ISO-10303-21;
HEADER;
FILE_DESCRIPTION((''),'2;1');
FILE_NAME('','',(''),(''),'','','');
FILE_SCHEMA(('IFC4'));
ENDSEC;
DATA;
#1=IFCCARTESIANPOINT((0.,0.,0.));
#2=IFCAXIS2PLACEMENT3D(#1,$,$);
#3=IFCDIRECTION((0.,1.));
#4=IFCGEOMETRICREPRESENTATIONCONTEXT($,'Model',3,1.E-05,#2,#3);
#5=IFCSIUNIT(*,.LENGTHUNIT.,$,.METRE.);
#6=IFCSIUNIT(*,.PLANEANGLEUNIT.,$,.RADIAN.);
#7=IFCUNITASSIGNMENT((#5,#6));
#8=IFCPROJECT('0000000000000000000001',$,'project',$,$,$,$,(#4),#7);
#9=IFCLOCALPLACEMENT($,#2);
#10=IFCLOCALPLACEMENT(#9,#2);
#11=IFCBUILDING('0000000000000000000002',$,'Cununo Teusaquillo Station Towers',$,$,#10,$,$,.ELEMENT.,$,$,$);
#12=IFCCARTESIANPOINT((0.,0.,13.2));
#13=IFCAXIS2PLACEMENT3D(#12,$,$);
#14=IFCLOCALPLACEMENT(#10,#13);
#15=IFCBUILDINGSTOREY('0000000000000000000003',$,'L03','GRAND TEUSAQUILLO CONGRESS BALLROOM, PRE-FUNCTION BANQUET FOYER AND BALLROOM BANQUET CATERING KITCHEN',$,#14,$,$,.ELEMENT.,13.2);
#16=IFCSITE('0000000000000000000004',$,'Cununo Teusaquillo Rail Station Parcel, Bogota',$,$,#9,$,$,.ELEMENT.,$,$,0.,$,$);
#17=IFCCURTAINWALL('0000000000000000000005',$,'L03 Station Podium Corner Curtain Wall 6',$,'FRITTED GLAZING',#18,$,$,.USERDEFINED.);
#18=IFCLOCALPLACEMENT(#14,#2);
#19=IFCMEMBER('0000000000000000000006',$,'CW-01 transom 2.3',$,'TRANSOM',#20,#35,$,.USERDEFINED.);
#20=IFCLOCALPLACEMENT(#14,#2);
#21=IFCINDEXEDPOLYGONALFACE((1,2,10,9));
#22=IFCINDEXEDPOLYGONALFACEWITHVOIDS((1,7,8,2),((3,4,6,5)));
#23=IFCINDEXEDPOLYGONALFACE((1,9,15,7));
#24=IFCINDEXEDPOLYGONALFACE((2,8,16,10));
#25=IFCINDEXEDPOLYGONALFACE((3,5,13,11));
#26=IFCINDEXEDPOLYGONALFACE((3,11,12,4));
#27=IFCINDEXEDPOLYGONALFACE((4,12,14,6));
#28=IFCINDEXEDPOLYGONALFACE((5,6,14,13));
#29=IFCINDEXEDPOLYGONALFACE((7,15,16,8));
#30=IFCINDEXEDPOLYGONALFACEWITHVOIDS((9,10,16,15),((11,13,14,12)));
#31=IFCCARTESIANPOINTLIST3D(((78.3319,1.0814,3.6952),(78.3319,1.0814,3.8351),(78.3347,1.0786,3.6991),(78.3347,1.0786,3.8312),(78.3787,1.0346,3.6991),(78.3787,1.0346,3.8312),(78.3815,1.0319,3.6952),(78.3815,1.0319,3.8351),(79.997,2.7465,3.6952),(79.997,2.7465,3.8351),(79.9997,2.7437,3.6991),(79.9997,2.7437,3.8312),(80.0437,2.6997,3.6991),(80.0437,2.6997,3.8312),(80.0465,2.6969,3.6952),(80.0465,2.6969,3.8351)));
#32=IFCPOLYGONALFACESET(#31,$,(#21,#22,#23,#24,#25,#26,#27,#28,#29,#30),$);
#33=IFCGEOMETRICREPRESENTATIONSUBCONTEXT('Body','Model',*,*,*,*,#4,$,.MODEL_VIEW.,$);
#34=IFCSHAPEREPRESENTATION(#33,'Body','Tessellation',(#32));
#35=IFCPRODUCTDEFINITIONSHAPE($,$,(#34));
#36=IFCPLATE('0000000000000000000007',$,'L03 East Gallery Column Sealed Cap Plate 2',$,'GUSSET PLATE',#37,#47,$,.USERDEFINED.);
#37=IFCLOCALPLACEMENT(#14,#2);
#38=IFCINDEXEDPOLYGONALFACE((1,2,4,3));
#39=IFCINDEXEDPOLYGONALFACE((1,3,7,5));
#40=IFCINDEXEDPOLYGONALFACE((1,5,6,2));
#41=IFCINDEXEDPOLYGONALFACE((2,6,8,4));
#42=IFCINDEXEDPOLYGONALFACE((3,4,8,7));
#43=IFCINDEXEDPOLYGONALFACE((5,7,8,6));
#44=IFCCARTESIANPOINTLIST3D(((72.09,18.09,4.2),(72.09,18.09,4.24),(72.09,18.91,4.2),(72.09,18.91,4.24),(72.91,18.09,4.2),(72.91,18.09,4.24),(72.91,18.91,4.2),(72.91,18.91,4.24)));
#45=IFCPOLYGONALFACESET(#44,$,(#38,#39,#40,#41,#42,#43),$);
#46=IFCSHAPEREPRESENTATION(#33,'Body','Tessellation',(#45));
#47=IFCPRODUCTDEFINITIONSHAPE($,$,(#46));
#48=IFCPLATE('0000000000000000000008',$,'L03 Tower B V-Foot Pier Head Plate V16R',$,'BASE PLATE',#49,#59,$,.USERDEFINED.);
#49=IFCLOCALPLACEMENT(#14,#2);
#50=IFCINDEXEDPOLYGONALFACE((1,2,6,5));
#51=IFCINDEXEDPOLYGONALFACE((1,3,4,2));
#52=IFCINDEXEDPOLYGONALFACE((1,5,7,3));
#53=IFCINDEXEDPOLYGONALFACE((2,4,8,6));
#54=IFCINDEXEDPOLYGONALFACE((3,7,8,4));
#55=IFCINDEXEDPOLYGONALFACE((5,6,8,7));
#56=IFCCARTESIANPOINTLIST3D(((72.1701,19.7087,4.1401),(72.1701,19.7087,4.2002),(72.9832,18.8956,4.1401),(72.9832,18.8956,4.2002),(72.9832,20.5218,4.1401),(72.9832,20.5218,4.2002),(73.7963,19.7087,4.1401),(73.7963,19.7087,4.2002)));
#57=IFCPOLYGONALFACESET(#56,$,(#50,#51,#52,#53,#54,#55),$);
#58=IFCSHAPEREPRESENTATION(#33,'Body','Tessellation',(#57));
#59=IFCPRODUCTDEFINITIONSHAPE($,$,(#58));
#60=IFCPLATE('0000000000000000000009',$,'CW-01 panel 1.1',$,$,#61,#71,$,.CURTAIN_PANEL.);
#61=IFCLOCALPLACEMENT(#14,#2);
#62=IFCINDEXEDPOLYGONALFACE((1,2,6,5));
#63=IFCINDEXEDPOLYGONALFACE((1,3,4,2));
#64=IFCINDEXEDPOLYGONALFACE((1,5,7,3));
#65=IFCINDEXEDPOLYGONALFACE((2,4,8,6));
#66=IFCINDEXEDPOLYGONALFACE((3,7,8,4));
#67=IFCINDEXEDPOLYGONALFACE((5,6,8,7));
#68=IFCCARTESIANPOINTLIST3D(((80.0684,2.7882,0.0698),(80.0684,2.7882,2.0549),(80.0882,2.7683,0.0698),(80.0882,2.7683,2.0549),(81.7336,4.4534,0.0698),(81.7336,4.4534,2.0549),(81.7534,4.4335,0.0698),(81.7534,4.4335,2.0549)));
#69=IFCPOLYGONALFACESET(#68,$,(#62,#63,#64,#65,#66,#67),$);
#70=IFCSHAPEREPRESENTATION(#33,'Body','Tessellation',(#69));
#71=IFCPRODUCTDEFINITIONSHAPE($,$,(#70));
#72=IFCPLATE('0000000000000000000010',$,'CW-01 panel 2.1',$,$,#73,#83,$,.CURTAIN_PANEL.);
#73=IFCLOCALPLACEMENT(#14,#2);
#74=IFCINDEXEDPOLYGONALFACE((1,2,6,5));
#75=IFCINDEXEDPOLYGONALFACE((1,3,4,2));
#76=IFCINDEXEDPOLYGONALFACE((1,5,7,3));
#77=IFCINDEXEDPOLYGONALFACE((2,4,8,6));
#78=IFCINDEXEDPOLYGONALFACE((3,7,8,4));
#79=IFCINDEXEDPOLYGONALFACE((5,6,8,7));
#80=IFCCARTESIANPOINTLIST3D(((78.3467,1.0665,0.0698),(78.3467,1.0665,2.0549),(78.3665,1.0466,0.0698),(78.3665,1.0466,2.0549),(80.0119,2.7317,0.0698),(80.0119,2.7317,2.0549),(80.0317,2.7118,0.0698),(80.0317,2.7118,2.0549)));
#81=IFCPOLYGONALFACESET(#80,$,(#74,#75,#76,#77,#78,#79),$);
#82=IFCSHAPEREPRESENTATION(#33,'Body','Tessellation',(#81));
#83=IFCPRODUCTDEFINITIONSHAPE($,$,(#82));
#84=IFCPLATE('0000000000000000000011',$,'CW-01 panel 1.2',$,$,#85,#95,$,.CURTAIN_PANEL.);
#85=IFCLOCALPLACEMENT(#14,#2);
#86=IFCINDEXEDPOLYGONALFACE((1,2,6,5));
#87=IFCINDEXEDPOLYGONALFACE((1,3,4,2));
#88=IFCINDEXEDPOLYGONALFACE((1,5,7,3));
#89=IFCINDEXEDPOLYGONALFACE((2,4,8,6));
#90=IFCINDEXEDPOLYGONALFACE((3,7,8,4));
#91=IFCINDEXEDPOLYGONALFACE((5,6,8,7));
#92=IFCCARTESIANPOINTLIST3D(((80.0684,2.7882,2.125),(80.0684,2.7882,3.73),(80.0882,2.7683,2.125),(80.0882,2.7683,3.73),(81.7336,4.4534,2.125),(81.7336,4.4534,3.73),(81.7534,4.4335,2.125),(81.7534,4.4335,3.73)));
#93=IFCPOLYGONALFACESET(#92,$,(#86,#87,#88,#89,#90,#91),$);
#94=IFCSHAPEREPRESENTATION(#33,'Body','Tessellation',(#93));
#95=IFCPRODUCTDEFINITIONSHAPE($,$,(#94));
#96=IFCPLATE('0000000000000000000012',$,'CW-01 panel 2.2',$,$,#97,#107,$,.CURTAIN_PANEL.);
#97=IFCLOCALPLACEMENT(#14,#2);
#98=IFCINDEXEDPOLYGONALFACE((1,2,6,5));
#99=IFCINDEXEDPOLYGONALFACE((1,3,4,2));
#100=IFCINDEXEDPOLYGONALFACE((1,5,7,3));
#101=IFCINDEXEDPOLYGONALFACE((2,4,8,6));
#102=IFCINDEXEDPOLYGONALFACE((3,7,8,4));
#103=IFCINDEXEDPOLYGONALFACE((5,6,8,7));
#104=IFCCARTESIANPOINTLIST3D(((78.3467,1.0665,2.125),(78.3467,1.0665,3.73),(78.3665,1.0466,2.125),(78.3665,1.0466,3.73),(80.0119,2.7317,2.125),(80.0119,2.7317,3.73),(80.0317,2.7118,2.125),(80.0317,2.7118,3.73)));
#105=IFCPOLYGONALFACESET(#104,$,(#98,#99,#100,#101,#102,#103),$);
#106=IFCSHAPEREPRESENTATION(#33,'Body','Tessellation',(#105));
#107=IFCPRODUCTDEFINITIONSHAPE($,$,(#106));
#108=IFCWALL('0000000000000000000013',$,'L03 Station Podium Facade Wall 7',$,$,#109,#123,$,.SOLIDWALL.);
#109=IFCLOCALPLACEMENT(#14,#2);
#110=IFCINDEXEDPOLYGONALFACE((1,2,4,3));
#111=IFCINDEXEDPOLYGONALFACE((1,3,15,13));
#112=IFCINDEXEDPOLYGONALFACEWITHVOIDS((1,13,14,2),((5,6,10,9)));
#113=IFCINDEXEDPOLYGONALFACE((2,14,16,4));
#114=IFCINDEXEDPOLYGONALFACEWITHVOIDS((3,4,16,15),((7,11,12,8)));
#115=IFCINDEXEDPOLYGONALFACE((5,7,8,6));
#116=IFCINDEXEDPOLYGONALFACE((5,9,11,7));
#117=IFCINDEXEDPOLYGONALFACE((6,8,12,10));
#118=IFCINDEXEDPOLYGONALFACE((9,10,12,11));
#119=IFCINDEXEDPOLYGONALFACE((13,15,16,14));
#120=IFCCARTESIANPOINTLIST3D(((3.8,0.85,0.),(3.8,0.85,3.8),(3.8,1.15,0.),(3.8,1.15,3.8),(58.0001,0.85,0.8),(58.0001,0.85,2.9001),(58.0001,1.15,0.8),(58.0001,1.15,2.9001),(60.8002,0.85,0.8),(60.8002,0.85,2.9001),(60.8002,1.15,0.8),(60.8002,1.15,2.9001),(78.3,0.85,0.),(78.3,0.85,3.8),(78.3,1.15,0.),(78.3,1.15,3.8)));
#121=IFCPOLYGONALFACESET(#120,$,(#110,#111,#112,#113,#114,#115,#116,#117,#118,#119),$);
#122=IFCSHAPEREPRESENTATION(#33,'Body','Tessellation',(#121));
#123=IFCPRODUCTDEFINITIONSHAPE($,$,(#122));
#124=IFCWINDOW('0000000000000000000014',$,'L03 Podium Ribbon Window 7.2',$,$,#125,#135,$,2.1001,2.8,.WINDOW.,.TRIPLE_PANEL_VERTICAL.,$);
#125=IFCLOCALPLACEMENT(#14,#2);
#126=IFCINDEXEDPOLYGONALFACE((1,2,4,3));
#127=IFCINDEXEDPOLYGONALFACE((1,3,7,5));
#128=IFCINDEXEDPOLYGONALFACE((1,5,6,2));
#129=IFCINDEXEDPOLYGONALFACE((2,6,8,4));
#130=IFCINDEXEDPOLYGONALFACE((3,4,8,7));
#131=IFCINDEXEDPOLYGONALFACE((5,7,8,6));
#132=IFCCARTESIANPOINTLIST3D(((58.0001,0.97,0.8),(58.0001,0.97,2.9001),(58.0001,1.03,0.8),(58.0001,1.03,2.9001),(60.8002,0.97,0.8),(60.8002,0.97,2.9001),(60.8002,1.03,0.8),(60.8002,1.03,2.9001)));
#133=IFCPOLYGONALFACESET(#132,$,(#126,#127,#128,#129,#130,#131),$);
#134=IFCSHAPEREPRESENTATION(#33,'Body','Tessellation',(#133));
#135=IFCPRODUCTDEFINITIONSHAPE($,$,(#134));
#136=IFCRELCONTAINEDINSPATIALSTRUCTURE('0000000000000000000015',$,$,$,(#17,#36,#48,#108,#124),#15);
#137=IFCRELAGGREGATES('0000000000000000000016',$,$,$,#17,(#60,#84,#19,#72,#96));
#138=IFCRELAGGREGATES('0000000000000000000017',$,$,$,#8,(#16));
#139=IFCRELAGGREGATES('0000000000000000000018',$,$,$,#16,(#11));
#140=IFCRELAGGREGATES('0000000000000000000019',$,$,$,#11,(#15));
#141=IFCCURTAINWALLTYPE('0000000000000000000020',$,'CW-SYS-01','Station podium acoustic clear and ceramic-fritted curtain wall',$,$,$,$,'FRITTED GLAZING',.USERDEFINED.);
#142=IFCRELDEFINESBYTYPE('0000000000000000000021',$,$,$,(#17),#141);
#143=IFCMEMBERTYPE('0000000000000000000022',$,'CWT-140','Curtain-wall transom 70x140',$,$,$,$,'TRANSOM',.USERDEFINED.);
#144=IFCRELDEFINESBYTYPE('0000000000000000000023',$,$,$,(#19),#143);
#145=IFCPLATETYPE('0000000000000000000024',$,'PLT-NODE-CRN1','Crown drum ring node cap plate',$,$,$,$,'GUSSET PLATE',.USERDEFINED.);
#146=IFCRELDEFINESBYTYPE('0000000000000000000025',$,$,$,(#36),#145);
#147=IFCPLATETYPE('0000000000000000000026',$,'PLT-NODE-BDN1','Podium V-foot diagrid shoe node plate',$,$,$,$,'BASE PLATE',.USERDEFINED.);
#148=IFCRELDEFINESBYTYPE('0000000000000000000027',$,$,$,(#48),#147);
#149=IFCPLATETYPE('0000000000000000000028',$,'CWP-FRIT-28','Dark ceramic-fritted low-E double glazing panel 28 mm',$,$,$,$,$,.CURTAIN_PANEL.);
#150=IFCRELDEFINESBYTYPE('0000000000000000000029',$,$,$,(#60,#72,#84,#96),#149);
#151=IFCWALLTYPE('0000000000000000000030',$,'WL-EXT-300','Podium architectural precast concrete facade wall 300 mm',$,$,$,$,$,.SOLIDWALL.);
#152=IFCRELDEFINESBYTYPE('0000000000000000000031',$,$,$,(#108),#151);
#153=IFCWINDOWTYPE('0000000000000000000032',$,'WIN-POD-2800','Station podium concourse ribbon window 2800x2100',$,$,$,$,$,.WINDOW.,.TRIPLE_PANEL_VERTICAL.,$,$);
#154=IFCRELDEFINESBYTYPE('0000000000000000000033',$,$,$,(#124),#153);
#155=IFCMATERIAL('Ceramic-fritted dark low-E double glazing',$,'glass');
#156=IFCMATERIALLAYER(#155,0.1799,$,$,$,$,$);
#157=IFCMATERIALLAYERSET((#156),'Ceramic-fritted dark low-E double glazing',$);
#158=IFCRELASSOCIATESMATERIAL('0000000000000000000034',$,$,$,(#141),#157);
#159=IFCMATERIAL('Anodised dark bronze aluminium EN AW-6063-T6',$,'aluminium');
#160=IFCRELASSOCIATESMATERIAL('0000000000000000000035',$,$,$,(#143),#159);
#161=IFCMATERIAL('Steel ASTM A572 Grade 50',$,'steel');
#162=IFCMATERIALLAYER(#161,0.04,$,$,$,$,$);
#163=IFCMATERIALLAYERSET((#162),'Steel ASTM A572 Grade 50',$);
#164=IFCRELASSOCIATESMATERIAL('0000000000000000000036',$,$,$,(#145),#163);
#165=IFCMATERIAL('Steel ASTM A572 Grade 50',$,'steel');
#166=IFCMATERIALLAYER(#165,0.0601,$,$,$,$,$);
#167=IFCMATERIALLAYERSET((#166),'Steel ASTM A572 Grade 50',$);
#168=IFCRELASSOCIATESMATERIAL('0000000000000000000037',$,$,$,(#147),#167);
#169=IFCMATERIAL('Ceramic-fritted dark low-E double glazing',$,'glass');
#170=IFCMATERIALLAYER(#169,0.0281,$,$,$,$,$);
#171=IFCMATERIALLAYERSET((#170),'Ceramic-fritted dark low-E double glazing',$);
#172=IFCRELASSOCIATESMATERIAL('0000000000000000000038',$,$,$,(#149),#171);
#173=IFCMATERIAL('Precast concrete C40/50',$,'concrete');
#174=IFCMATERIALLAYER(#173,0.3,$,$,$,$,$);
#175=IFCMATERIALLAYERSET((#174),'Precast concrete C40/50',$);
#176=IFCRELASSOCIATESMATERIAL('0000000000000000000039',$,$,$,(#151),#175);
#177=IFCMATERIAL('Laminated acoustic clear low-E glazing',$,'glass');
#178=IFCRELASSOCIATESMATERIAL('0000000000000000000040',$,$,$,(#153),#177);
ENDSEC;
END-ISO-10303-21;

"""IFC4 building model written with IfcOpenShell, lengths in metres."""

from ifc_helpers import new_model, si_unit, direction, frame, frame_2d, origin, origin_2d, place, context, subcontext, project, spatial, rectangle, hollow_rectangle, extrude, source, transform, mapped, material, layer, layer_set, material_profile, profile_set, type_object, element, fill, aggregate, save


model = new_model("IFC4")

# Units and contexts
model_context = context("Model", 3, precision=1e-05, world=origin(), true_north=direction((0.0, 1.0)))
body_context = subcontext(model_context, "Body", "Model", "MODEL_VIEW")
ifc_project = project(units=[si_unit("LENGTHUNIT", "METRE"), si_unit("PLANEANGLEUNIT", "RADIAN")], contexts=[model_context])

# Site, building, storey
site_placement = place(None, origin())
site = spatial("IfcSite", under=ifc_project, at=site_placement, Name="Cununo Teusaquillo Rail Station Parcel, Bogota", CompositionType="ELEMENT", RefElevation=0.0)
building_placement = place(site_placement, origin())
building = spatial("IfcBuilding", under=site, at=building_placement, Name="Cununo Teusaquillo Station Towers", CompositionType="ELEMENT")
storey_placement = place(building_placement, frame((0.0, 0.0, 13.2)))
storey = spatial("IfcBuildingStorey", under=building, at=storey_placement, Name="L03", Description="GRAND TEUSAQUILLO CONGRESS BALLROOM, PRE-FUNCTION BANQUET FOYER AND BALLROOM BANQUET CATERING KITCHEN", CompositionType="ELEMENT", Elevation=13.2)

# Curtain wall, member
ifc_material_1 = material(Name="Ceramic-fritted dark low-E double glazing", Category="glass")
ifc_layer_1 = layer(ifc_material_1, 0.1799)
ifc_layer_set_1 = layer_set([ifc_layer_1], Name="Ceramic-fritted dark low-E double glazing")
curtain_wall_type = type_object("IfcCurtainWallType", Name="CW-SYS-01", Description="Station podium acoustic clear and ceramic-fritted curtain wall", ElementType="FRITTED GLAZING", PredefinedType="USERDEFINED", material=ifc_layer_set_1)
curtain_wall_placement = place(storey_placement, origin())
curtain_wall = element("IfcCurtainWall", 1, at=curtain_wall_placement, inside=storey, type_object=curtain_wall_type, Name="L03 Station Podium Corner Curtain Wall 6", ObjectType="FRITTED GLAZING", PredefinedType="USERDEFINED")
ifc_material_2 = material(Name="Anodised dark bronze aluminium EN AW-6063-T6", Category="aluminium")
ifc_material_profile_1 = material_profile(ifc_material_2, hollow_rectangle(XDim=0.0701, YDim=0.1399, WallThickness=0.0039, at=origin_2d()), Name="CW-TRAN-70x140")
ifc_profile_set_1 = profile_set([ifc_material_profile_1], Name="Anodised dark bronze aluminium EN AW-6063-T6")
member_type_1 = type_object("IfcMemberType", Name="CWT-140", Description="Curtain-wall transom 70x140", ElementType="TRANSOM", PredefinedType="USERDEFINED", material=ifc_profile_set_1)
member_1_placement = place(storey_placement, frame((80.0217, 2.7217, 3.7651), z_axis=(-0.707107, -0.707107, 0.0), x_axis=(0.707107, -0.707107, 0.0)))
member_1 = element("IfcMember", 2, at=member_1_placement, type_object=member_type_1, Name="CW-01 transom 2.3", ObjectType="TRANSOM", PredefinedType="USERDEFINED", context=body_context, shape_type="SweptSolid", body=[
    extrude(hollow_rectangle(XDim=0.0701, YDim=0.1399, WallThickness=0.0039, at=origin_2d()), origin(), (0.0, 0.0, 1.0), 2.3547),
])

# Plates
ifc_material_3 = material(Name="Steel ASTM A572 Grade 50", Category="steel")
ifc_layer_2 = layer(ifc_material_3, 0.04)
ifc_layer_set_2 = layer_set([ifc_layer_2], Name="Steel ASTM A572 Grade 50")
plate_type_1 = type_object("IfcPlateType", Name="PLT-NODE-CRN1", Description="Crown drum ring node cap plate", ElementType="GUSSET PLATE", PredefinedType="USERDEFINED", material=ifc_layer_set_2)
shared_shape_1 = source(origin(), body_context, "Body", "SweptSolid", [
    extrude(rectangle(XDim=0.8201, YDim=0.8201, at=origin_2d()), origin(), (0.0, 0.0, 1.0), 0.04),
])
plate_1_placement = place(storey_placement, frame((72.5, 18.5, 4.2), z_axis=(0.0, 0.0, 1.0), x_axis=(1.0, 0.0, 0.0)))
element("IfcPlate", 3, at=plate_1_placement, inside=storey, type_object=plate_type_1, Name="L03 East Gallery Column Sealed Cap Plate 2", ObjectType="GUSSET PLATE", PredefinedType="USERDEFINED", context=body_context, shape_type="MappedRepresentation", body=[
    mapped(shared_shape_1, transform((0.0, 0.0, 0.0), x_axis=(1.0, 0.0, 0.0), y_axis=(0.0, 1.0, 0.0), z_axis=(0.0, 0.0, 1.0), scale=1.0)),
])
ifc_material_4 = material(Name="Steel ASTM A572 Grade 50", Category="steel")
ifc_layer_3 = layer(ifc_material_4, 0.0601)
ifc_layer_set_3 = layer_set([ifc_layer_3], Name="Steel ASTM A572 Grade 50")
plate_type_2 = type_object("IfcPlateType", Name="PLT-NODE-BDN1", Description="Podium V-foot diagrid shoe node plate", ElementType="BASE PLATE", PredefinedType="USERDEFINED", material=ifc_layer_set_3)
shared_shape_2 = source(origin(), body_context, "Body", "SweptSolid", [
    extrude(rectangle(XDim=1.1499, YDim=1.1499, at=origin_2d()), origin(), (0.0, 0.0, 1.0), 0.0601),
])
plate_2_placement = place(storey_placement, frame((72.9832, 19.7087, 4.1401), z_axis=(0.0, 0.0, 1.0), x_axis=(0.707107, 0.707107, 0.0)))
element("IfcPlate", 4, at=plate_2_placement, inside=storey, type_object=plate_type_2, Name="L03 Tower B V-Foot Pier Head Plate V16R", ObjectType="BASE PLATE", PredefinedType="USERDEFINED", context=body_context, shape_type="MappedRepresentation", body=[
    mapped(shared_shape_2, transform((0.0, 0.0, 0.0), x_axis=(1.0, 0.0, 0.0), y_axis=(0.0, 1.0, 0.0), z_axis=(0.0, 0.0, 1.0), scale=1.0)),
])

# Plates
ifc_material_5 = material(Name="Ceramic-fritted dark low-E double glazing", Category="glass")
ifc_layer_4 = layer(ifc_material_5, 0.0281)
ifc_layer_set_4 = layer_set([ifc_layer_4], Name="Ceramic-fritted dark low-E double glazing")
plate_type_3 = type_object("IfcPlateType", Name="CWP-FRIT-28", Description="Dark ceramic-fritted low-E double glazing panel 28 mm", PredefinedType="CURTAIN_PANEL", material=ifc_layer_set_4)
shared_shape_3 = source(origin(), body_context, "Body", "SweptSolid", [
    extrude(rectangle(XDim=2.355, YDim=0.0281, at=origin_2d()), origin(), (0.0, 0.0, 1.0), 1.9851),
])
plate_3_placement = place(storey_placement, frame((80.9109, 3.6108, 0.0698), z_axis=(0.0, 0.0, 1.0), x_axis=(-0.707107, -0.707107, 0.0)))
plate_3 = element("IfcPlate", 5, at=plate_3_placement, type_object=plate_type_3, Name="CW-01 panel 1.1", PredefinedType="CURTAIN_PANEL", context=body_context, shape_type="MappedRepresentation", body=[
    mapped(shared_shape_3, transform((0.0, 0.0, 0.0), x_axis=(1.0, 0.0, 0.0), y_axis=(0.0, 1.0, 0.0), z_axis=(0.0, 0.0, 1.0), scale=1.0)),
])
plate_4_placement = place(storey_placement, frame((79.1892, 1.8892, 0.0698), z_axis=(0.0, 0.0, 1.0), x_axis=(-0.707107, -0.707107, 0.0)))
plate_4 = element("IfcPlate", 6, at=plate_4_placement, type_object=plate_type_3, Name="CW-01 panel 2.1", PredefinedType="CURTAIN_PANEL", context=body_context, shape_type="MappedRepresentation", body=[
    mapped(shared_shape_3, transform((0.0, 0.0, 0.0), x_axis=(1.0, 0.0, 0.0), y_axis=(0.0, 1.0, 0.0), z_axis=(0.0, 0.0, 1.0), scale=1.0)),
])
shared_shape_4 = source(origin(), body_context, "Body", "SweptSolid", [
    extrude(rectangle(XDim=2.355, YDim=0.0281, at=origin_2d()), origin(), (0.0, 0.0, 1.0), 1.605),
])
plate_5_placement = place(storey_placement, frame((80.9109, 3.6108, 2.125), z_axis=(0.0, 0.0, 1.0), x_axis=(-0.707107, -0.707107, 0.0)))
plate_5 = element("IfcPlate", 7, at=plate_5_placement, type_object=plate_type_3, Name="CW-01 panel 1.2", PredefinedType="CURTAIN_PANEL", context=body_context, shape_type="MappedRepresentation", body=[
    mapped(shared_shape_4, transform((0.0, 0.0, 0.0), x_axis=(1.0, 0.0, 0.0), y_axis=(0.0, 1.0, 0.0), z_axis=(0.0, 0.0, 1.0), scale=1.0)),
])
plate_6_placement = place(storey_placement, frame((79.1892, 1.8892, 2.125), z_axis=(0.0, 0.0, 1.0), x_axis=(-0.707107, -0.707107, 0.0)))
plate_6 = element("IfcPlate", 8, at=plate_6_placement, type_object=plate_type_3, Name="CW-01 panel 2.2", PredefinedType="CURTAIN_PANEL", context=body_context, shape_type="MappedRepresentation", body=[
    mapped(shared_shape_4, transform((0.0, 0.0, 0.0), x_axis=(1.0, 0.0, 0.0), y_axis=(0.0, 1.0, 0.0), z_axis=(0.0, 0.0, 1.0), scale=1.0)),
])
aggregate(curtain_wall, [plate_3, plate_5, member_1, plate_4, plate_6])

# Wall, opening, window
ifc_material_6 = material(Name="Precast concrete C40/50", Category="concrete")
ifc_layer_5 = layer(ifc_material_6, 0.3)
ifc_layer_set_5 = layer_set([ifc_layer_5], Name="Precast concrete C40/50")
wall_type_1 = type_object("IfcWallType", Name="WL-EXT-300", Description="Podium architectural precast concrete facade wall 300 mm", PredefinedType="SOLIDWALL", material=ifc_layer_set_5)
wall_1_placement = place(storey_placement, frame((78.3, 1.0, 0.0), z_axis=(0.0, 0.0, 1.0), x_axis=(-1.0, 0.0, 0.0)))
wall_1 = element("IfcWall", 9, at=wall_1_placement, inside=storey, type_object=wall_type_1, Name="L03 Station Podium Facade Wall 7", PredefinedType="SOLIDWALL", context=body_context, shape_type="SweptSolid", body=[
    extrude(rectangle(XDim=74.5, YDim=0.3, at=frame_2d((37.25, 0.0))), origin(), (0.0, 0.0, 1.0), 3.8),
])
shared_shape_5 = source(origin(), body_context, "Body", "SweptSolid", [
    extrude(rectangle(XDim=2.8, YDim=2.1001, at=frame_2d((1.3999, 1.05))), frame((0.0, 0.1599, 0.0), z_axis=(0.0, -1.0, 0.0), x_axis=(1.0, 0.0, 0.0)), (0.0, 0.0, 1.0), 0.3201),
])
opening_1_placement = place(wall_1_placement, frame((17.5, 0.0, 0.8)))
opening_1 = element("IfcOpeningElement", 10, at=opening_1_placement, cuts=wall_1, PredefinedType="OPENING", context=body_context, shape_type="MappedRepresentation", body=[
    mapped(shared_shape_5, transform((0.0, 0.0, 0.0), x_axis=(1.0, 0.0, 0.0), y_axis=(0.0, 1.0, 0.0), z_axis=(0.0, 0.0, 1.0), scale=1.0)),
])
ifc_material_7 = material(Name="Laminated acoustic clear low-E glazing", Category="glass")
window_type = type_object("IfcWindowType", Name="WIN-POD-2800", Description="Station podium concourse ribbon window 2800x2100", PartitioningType="TRIPLE_PANEL_VERTICAL", PredefinedType="WINDOW", material=ifc_material_7)
shared_shape_6 = source(origin(), body_context, "Body", "SweptSolid", [
    extrude(rectangle(XDim=2.8, YDim=2.1001, at=frame_2d((1.3999, 1.05))), frame((0.0, 0.03, 0.0), z_axis=(0.0, -1.0, 0.0), x_axis=(1.0, 0.0, 0.0)), (0.0, 0.0, 1.0), 0.0601),
])
window_placement = place(opening_1_placement, origin())
window = element("IfcWindow", 11, at=window_placement, inside=storey, type_object=window_type, Name="L03 Podium Ribbon Window 7.2", OverallHeight=2.1001, OverallWidth=2.8, PartitioningType="TRIPLE_PANEL_VERTICAL", PredefinedType="WINDOW", context=body_context, shape_type="MappedRepresentation", body=[
    mapped(shared_shape_6, transform((0.0, 0.0, 0.0), x_axis=(1.0, 0.0, 0.0), y_axis=(0.0, 1.0, 0.0), z_axis=(0.0, 0.0, 1.0), scale=1.0)),
])
fill(opening_1, window)

save(model, "model.ifc")
